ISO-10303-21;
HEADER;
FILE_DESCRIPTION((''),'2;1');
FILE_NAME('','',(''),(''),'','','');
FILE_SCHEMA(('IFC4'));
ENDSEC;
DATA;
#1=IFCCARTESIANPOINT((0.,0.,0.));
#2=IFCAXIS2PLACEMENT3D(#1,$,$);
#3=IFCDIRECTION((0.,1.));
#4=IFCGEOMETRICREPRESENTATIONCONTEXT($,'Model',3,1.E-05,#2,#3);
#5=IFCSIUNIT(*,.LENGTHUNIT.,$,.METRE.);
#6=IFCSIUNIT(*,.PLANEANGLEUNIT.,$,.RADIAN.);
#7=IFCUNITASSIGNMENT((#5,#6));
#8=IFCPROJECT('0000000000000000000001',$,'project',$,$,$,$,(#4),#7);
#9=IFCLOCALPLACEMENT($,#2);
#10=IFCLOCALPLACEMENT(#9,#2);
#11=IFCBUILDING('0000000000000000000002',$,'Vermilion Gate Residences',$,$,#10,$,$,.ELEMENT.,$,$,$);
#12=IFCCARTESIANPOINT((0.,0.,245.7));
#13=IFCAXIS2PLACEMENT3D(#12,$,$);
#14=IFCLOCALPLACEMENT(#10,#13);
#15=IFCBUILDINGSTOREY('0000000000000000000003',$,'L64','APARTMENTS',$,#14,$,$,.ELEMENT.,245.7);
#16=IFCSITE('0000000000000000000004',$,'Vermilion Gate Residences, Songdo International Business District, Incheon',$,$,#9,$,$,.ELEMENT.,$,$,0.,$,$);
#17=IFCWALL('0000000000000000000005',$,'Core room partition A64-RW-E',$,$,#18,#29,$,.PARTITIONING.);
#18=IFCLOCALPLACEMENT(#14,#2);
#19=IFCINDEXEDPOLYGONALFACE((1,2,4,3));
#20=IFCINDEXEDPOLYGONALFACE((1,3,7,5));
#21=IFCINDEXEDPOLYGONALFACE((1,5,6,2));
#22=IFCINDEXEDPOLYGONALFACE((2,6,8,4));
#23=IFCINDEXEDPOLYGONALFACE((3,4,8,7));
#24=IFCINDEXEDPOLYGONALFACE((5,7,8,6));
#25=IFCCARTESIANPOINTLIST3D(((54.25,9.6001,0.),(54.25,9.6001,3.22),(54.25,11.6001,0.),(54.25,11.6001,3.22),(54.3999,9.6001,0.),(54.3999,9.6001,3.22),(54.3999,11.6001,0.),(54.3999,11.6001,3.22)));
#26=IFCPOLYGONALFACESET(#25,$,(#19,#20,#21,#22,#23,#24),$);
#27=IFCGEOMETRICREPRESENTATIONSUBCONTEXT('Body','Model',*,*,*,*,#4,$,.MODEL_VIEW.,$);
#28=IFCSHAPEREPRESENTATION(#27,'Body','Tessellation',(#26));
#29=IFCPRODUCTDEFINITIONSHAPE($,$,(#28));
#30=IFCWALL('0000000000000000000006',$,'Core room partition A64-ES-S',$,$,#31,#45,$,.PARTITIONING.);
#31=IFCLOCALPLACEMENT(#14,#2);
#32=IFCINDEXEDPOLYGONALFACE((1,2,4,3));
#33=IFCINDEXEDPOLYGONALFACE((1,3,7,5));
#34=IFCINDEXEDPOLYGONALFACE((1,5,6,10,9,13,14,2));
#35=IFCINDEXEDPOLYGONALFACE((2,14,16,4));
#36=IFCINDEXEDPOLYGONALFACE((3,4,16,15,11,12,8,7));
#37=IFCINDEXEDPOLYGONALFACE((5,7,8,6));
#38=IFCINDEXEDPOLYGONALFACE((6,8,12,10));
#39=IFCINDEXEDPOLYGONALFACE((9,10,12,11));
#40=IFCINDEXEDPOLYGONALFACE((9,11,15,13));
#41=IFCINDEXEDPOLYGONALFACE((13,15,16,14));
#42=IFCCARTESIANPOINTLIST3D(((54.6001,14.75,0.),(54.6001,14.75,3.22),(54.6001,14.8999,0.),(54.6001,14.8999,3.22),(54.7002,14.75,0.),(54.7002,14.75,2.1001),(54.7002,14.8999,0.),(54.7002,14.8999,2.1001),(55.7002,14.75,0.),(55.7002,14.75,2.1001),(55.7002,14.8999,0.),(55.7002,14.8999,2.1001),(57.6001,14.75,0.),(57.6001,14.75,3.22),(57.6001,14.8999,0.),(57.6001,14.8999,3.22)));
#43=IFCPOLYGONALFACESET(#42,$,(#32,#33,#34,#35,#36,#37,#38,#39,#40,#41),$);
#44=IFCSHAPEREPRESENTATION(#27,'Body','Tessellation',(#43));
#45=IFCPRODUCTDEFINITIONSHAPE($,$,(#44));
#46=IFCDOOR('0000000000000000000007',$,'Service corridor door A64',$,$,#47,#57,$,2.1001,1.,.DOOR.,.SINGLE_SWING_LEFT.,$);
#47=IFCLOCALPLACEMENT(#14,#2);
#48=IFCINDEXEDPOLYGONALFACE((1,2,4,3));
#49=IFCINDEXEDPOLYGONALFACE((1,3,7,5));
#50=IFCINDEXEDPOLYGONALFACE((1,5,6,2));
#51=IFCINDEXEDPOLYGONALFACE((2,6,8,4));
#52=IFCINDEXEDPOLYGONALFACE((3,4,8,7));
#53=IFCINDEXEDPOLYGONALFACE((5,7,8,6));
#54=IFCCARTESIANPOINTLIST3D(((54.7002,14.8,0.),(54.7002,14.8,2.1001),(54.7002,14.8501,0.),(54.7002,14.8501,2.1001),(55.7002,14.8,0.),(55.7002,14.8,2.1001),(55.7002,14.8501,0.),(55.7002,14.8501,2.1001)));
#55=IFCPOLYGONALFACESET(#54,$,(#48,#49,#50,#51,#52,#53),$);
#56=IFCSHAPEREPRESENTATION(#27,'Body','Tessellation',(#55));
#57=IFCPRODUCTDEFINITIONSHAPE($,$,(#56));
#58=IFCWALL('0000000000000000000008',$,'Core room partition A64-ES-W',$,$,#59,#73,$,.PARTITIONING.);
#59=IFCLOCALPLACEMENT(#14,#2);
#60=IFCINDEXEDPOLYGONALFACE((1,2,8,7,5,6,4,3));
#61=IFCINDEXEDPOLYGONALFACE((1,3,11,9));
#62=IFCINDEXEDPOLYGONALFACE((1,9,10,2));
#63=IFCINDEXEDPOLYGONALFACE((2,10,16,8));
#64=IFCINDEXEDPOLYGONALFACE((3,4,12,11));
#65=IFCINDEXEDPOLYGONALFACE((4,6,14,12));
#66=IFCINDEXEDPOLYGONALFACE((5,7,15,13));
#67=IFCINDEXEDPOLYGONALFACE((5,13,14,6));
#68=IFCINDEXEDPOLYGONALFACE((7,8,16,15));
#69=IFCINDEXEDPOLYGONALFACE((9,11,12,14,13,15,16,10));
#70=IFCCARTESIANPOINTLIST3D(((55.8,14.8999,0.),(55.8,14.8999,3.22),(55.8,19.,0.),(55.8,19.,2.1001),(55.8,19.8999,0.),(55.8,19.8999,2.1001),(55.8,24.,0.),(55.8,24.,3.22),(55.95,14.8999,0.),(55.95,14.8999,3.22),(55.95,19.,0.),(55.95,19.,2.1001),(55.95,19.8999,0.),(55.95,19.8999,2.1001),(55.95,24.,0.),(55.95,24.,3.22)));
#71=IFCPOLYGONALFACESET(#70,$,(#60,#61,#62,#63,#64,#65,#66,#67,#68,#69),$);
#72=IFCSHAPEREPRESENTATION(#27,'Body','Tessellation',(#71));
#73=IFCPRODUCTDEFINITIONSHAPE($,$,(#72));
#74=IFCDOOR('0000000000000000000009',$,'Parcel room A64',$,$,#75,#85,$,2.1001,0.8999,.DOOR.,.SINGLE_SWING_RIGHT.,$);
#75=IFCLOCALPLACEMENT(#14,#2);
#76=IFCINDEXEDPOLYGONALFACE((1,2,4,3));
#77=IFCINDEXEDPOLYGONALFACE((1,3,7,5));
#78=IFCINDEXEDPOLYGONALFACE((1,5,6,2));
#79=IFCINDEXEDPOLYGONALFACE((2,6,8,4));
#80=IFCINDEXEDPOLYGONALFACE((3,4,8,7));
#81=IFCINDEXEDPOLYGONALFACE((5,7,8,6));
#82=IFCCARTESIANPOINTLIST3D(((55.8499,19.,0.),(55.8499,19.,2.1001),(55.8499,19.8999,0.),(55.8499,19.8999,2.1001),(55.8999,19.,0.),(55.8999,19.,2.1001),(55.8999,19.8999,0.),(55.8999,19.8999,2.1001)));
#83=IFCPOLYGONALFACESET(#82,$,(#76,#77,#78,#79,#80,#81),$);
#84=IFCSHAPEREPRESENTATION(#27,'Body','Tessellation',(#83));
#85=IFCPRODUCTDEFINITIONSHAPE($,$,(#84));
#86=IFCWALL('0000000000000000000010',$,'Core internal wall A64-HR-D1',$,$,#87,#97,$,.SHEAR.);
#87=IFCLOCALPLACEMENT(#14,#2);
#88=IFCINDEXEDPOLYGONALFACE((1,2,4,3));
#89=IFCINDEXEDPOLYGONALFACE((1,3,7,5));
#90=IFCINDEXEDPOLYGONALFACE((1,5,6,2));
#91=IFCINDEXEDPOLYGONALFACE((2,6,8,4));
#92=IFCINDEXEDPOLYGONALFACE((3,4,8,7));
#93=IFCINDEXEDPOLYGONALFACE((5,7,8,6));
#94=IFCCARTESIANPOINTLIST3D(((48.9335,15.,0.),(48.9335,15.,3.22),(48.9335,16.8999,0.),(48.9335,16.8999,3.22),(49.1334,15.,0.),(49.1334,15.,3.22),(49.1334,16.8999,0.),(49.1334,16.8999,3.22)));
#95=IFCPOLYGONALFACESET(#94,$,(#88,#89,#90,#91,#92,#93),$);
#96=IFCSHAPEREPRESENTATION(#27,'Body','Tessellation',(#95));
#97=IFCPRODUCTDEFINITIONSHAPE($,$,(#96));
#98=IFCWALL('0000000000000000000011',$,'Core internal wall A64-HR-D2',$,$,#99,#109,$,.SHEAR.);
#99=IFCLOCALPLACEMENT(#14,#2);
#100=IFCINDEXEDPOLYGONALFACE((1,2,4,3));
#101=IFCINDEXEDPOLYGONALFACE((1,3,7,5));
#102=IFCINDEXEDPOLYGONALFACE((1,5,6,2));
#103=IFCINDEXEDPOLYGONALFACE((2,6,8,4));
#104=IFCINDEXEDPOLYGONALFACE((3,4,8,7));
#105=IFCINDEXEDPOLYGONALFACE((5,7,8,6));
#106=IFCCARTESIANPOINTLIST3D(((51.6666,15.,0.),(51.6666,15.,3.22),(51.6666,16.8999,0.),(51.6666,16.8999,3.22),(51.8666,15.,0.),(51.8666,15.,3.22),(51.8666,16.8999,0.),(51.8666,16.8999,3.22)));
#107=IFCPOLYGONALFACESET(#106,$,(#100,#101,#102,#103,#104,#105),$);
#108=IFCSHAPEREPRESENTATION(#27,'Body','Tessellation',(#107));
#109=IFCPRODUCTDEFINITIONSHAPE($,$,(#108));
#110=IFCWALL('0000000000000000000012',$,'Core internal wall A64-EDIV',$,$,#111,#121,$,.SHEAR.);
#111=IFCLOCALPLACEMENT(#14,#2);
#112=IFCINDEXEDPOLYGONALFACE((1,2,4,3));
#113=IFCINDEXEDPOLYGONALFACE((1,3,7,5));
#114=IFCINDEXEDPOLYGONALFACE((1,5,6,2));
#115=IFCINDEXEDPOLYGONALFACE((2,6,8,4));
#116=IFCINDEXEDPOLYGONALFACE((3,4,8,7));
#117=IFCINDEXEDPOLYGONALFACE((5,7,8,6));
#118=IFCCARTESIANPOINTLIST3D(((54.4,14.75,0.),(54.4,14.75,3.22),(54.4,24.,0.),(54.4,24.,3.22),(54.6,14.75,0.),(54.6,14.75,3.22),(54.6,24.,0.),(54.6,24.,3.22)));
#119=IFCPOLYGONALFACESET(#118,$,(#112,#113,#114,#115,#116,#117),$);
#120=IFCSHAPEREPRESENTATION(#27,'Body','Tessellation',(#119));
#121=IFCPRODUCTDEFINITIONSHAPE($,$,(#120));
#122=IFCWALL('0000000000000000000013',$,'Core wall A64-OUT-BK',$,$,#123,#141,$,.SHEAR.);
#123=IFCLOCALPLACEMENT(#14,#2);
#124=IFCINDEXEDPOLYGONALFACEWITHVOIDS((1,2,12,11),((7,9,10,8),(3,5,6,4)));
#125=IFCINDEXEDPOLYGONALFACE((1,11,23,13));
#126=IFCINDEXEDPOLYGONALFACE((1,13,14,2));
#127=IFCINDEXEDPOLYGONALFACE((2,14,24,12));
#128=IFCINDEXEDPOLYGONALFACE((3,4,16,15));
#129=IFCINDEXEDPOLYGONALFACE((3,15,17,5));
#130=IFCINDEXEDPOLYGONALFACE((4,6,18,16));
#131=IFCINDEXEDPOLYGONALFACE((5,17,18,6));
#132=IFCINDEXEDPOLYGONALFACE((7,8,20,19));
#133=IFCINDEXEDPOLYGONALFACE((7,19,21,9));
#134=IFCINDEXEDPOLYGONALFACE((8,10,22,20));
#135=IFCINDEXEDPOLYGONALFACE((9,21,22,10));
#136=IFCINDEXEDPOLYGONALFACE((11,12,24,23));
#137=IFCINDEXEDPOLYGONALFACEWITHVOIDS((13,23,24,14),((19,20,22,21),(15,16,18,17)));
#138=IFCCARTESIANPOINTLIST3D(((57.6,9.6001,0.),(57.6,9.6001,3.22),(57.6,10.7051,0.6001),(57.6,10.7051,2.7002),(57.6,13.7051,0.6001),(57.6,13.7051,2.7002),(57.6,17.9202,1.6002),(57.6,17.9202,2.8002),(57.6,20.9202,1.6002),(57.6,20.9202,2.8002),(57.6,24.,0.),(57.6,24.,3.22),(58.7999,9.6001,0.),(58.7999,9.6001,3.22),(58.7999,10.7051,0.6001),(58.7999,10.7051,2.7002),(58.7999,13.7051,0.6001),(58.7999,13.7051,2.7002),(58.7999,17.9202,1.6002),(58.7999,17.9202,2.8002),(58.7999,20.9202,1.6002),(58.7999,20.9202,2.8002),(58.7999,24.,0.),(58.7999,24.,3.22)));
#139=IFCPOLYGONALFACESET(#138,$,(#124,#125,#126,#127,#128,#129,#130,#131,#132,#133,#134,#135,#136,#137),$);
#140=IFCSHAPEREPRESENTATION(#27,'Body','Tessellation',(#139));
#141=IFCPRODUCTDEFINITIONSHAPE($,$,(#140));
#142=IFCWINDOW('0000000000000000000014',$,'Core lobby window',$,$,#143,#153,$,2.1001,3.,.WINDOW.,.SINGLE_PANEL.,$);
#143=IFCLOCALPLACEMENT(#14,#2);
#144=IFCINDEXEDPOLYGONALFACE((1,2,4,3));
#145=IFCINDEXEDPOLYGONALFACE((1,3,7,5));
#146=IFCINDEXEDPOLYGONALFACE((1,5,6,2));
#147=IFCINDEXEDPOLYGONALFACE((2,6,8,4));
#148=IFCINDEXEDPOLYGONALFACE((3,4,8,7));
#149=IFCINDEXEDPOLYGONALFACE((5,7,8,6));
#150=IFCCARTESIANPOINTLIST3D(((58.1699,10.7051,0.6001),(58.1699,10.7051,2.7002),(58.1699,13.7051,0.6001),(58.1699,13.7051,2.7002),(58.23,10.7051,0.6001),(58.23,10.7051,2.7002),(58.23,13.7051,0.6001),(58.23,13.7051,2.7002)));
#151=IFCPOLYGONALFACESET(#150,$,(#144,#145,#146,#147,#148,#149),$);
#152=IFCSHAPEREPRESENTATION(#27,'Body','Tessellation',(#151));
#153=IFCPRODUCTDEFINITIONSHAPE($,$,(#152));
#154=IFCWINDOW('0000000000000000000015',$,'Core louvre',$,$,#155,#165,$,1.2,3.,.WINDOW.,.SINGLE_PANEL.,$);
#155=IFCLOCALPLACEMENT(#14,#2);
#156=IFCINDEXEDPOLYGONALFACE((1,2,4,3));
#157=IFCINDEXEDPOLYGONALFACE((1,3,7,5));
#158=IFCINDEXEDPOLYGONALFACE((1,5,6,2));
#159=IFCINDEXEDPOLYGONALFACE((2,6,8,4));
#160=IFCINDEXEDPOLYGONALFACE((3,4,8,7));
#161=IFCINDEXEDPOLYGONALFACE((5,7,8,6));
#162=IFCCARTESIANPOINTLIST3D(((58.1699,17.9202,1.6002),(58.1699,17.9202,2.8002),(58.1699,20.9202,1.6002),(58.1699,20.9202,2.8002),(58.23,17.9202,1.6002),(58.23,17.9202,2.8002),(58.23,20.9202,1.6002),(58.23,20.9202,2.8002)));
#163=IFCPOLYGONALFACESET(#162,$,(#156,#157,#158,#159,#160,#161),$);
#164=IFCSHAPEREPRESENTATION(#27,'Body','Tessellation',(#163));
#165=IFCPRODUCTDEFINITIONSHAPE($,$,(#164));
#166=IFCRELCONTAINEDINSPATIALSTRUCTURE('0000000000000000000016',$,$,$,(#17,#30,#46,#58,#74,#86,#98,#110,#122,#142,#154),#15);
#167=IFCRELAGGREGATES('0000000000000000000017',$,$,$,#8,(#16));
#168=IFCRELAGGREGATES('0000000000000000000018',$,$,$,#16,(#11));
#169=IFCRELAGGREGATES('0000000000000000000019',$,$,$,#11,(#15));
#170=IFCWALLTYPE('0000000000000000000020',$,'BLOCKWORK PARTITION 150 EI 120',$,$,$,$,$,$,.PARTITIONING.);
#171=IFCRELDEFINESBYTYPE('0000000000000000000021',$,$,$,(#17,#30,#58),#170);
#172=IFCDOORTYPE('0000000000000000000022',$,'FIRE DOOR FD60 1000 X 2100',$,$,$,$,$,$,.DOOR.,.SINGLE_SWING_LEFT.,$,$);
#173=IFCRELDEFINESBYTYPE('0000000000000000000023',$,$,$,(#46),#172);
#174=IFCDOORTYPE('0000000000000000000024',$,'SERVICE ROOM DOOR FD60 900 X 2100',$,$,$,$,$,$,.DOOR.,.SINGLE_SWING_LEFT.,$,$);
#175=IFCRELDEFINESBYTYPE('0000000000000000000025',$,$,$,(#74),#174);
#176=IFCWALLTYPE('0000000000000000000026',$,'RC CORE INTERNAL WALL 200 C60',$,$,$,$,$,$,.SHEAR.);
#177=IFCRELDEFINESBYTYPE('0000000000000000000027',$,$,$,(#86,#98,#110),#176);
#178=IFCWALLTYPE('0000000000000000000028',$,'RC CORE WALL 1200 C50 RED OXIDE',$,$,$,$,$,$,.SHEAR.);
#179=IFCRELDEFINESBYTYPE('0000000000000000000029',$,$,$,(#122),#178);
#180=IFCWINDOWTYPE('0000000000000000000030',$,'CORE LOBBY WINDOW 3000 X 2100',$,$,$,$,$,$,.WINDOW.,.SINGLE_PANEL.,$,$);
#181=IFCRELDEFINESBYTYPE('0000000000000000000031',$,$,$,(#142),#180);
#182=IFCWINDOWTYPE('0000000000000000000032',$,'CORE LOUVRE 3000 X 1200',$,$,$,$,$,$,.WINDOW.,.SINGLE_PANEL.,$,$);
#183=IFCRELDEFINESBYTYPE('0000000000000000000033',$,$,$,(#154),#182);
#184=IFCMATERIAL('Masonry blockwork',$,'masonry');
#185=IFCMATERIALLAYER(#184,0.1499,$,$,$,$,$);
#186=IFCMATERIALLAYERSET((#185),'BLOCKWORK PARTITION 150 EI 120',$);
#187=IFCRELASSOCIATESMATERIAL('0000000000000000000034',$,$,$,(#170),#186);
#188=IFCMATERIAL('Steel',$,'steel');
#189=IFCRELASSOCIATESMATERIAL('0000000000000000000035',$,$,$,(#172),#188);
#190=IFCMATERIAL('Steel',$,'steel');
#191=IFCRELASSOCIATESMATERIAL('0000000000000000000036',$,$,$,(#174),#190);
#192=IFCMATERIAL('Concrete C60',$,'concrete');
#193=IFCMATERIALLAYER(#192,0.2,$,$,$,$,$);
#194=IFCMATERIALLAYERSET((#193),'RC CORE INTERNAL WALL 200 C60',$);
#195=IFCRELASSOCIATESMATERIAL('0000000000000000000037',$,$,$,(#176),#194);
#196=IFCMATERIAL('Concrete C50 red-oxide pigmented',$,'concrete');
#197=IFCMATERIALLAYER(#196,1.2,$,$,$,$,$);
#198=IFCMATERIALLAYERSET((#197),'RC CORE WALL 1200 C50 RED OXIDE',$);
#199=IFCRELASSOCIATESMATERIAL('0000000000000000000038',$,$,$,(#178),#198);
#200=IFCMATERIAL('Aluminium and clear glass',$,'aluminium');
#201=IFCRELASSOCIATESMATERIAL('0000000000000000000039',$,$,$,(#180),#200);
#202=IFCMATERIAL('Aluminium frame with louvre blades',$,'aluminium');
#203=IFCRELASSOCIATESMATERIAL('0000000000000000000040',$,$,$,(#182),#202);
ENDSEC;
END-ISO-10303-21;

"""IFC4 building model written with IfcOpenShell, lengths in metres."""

from ifc_helpers import new_model, si_unit, direction, frame, frame_2d, origin, place, context, subcontext, project, spatial, rectangle, extrude, material, layer, layer_set, type_object, element, fill, save


model = new_model("IFC4")

# Units and contexts
model_context = context("Model", 3, precision=1e-05, world=origin(), true_north=direction((0.0, 1.0)))
body_context = subcontext(model_context, "Body", "Model", "MODEL_VIEW")
ifc_project = project(units=[si_unit("LENGTHUNIT", "METRE"), si_unit("PLANEANGLEUNIT", "RADIAN")], contexts=[model_context])

# Site, building, storey
site_placement = place(None, origin())
site = spatial("IfcSite", under=ifc_project, at=site_placement, Name="Vermilion Gate Residences, Songdo International Business District, Incheon", CompositionType="ELEMENT", RefElevation=0.0)
building_placement = place(site_placement, origin())
building = spatial("IfcBuilding", under=site, at=building_placement, Name="Vermilion Gate Residences", CompositionType="ELEMENT")
storey_placement = place(building_placement, frame((0.0, 0.0, 245.7)))
storey = spatial("IfcBuildingStorey", under=building, at=storey_placement, Name="L64", Description="APARTMENTS", CompositionType="ELEMENT", Elevation=245.7)

# Wall
ifc_material_1 = material(Name="Masonry blockwork", Category="masonry")
ifc_layer_1 = layer(ifc_material_1, 0.1499)
ifc_layer_set_1 = layer_set([ifc_layer_1], Name="BLOCKWORK PARTITION 150 EI 120")
wall_type_1 = type_object("IfcWallType", Name="BLOCKWORK PARTITION 150 EI 120", PredefinedType="PARTITIONING", material=ifc_layer_set_1)
wall_1_placement = place(storey_placement, frame((54.325, 9.6001, 0.0), z_axis=(0.0, 0.0, 1.0), x_axis=(0.0, 1.0, 0.0)))
element("IfcWall", 1, at=wall_1_placement, inside=storey, type_object=wall_type_1, Name="Core room partition A64-RW-E", PredefinedType="PARTITIONING", context=body_context, shape_type="SweptSolid", body=[
    extrude(rectangle(XDim=2.0, YDim=0.1499, at=frame_2d((1.0, 0.0))), origin(), (0.0, 0.0, 1.0), 3.22),
])

# Walls, openings, doors
wall_2_placement = place(storey_placement, frame((54.6001, 14.825, 0.0), z_axis=(0.0, 0.0, 1.0), x_axis=(1.0, 0.0, 0.0)))
wall_2 = element("IfcWall", 2, at=wall_2_placement, inside=storey, type_object=wall_type_1, Name="Core room partition A64-ES-S", PredefinedType="PARTITIONING", context=body_context, shape_type="SweptSolid", body=[
    extrude(rectangle(XDim=3.0, YDim=0.1499, at=frame_2d((1.5, 0.0))), origin(), (0.0, 0.0, 1.0), 3.22),
])
opening_1_placement = place(wall_2_placement, frame((0.1001, 0.0, 0.0)))
opening_1 = element("IfcOpeningElement", 3, at=opening_1_placement, cuts=wall_2, PredefinedType="OPENING", context=body_context, shape_type="SweptSolid", body=[
    extrude(rectangle(XDim=1.0, YDim=2.1001, at=frame_2d((0.5, 1.05))), frame((0.0, 0.085, 0.0), z_axis=(0.0, -1.0, 0.0), x_axis=(1.0, 0.0, 0.0)), (0.0, 0.0, 1.0), 0.1699),
])
ifc_material_2 = material(Name="Steel", Category="steel")
door_type_1 = type_object("IfcDoorType", Name="FIRE DOOR FD60 1000 X 2100", OperationType="SINGLE_SWING_LEFT", PredefinedType="DOOR", material=ifc_material_2)
door_1_placement = place(opening_1_placement, frame((1.0, 0.0, 0.0), z_axis=(0.0, 0.0, 1.0), x_axis=(-1.0, 0.0, 0.0)))
door_1 = element("IfcDoor", 4, at=door_1_placement, inside=storey, type_object=door_type_1, Name="Service corridor door A64", OperationType="SINGLE_SWING_LEFT", OverallHeight=2.1001, OverallWidth=1.0, PredefinedType="DOOR", context=body_context, shape_type="SweptSolid", body=[
    extrude(rectangle(XDim=1.0, YDim=2.1001, at=frame_2d((0.5, 1.05))), frame((0.0, 0.0249, 0.0), z_axis=(0.0, -1.0, 0.0), x_axis=(1.0, 0.0, 0.0)), (0.0, 0.0, 1.0), 0.05),
])
fill(opening_1, door_1)
wall_3_placement = place(storey_placement, frame((55.875, 14.8999, 0.0), z_axis=(0.0, 0.0, 1.0), x_axis=(0.0, 1.0, 0.0)))
wall_3 = element("IfcWall", 5, at=wall_3_placement, inside=storey, type_object=wall_type_1, Name="Core room partition A64-ES-W", PredefinedType="PARTITIONING", context=body_context, shape_type="SweptSolid", body=[
    extrude(rectangle(XDim=9.1001, YDim=0.1499, at=frame_2d((4.55, 0.0))), origin(), (0.0, 0.0, 1.0), 3.22),
])
opening_2_placement = place(wall_3_placement, frame((4.1001, 0.0, 0.0)))
opening_2 = element("IfcOpeningElement", 6, at=opening_2_placement, cuts=wall_3, PredefinedType="OPENING", context=body_context, shape_type="SweptSolid", body=[
    extrude(rectangle(XDim=0.8999, YDim=2.1001, at=frame_2d((0.45, 1.05))), frame((0.0, 0.085, 0.0), z_axis=(0.0, -1.0, 0.0), x_axis=(1.0, 0.0, 0.0)), (0.0, 0.0, 1.0), 0.1699),
])
ifc_material_3 = material(Name="Steel", Category="steel")
door_type_2 = type_object("IfcDoorType", Name="SERVICE ROOM DOOR FD60 900 X 2100", OperationType="SINGLE_SWING_LEFT", PredefinedType="DOOR", material=ifc_material_3)
door_2_placement = place(opening_2_placement, frame((0.8999, 0.0, 0.0), z_axis=(0.0, 0.0, 1.0), x_axis=(-1.0, 0.0, 0.0)))
door_2 = element("IfcDoor", 7, at=door_2_placement, inside=storey, type_object=door_type_2, Name="Parcel room A64", OperationType="SINGLE_SWING_RIGHT", OverallHeight=2.1001, OverallWidth=0.8999, PredefinedType="DOOR", context=body_context, shape_type="SweptSolid", body=[
    extrude(rectangle(XDim=0.8999, YDim=2.1001, at=frame_2d((0.45, 1.05))), frame((0.0, 0.0249, 0.0), z_axis=(0.0, -1.0, 0.0), x_axis=(1.0, 0.0, 0.0)), (0.0, 0.0, 1.0), 0.05),
])
fill(opening_2, door_2)

# Walls
ifc_material_4 = material(Name="Concrete C60", Category="concrete")
ifc_layer_2 = layer(ifc_material_4, 0.2)
ifc_layer_set_2 = layer_set([ifc_layer_2], Name="RC CORE INTERNAL WALL 200 C60")
wall_type_2 = type_object("IfcWallType", Name="RC CORE INTERNAL WALL 200 C60", PredefinedType="SHEAR", material=ifc_layer_set_2)
for number, where, z_axis, x_axis, name in (
    (8, (49.0334, 15.0, 0.0), (0.0, 0.0, 1.0), (0.0, 1.0, 0.0), "Core internal wall A64-HR-D1"),
    (9, (51.7666, 15.0, 0.0), (0.0, 0.0, 1.0), (0.0, 1.0, 0.0), "Core internal wall A64-HR-D2"),
):
    element("IfcWall", number, at=place(storey_placement, frame(where, z_axis=z_axis, x_axis=x_axis)), inside=storey, type_object=wall_type_2, Name=name, PredefinedType="SHEAR", context=body_context, shape_type="SweptSolid", body=[
        extrude(rectangle(XDim=1.8999, YDim=0.2, at=frame_2d((0.95, 0.0))), origin(), (0.0, 0.0, 1.0), 3.22),
    ])
wall_4_placement = place(storey_placement, frame((54.5, 14.75, 0.0), z_axis=(0.0, 0.0, 1.0), x_axis=(0.0, 1.0, 0.0)))
element("IfcWall", 10, at=wall_4_placement, inside=storey, type_object=wall_type_2, Name="Core internal wall A64-EDIV", PredefinedType="SHEAR", context=body_context, shape_type="SweptSolid", body=[
    extrude(rectangle(XDim=9.25, YDim=0.2, at=frame_2d((4.625, 0.0))), origin(), (0.0, 0.0, 1.0), 3.22),
])

# Wall, openings, windows
ifc_material_5 = material(Name="Concrete C50 red-oxide pigmented", Category="concrete")
ifc_layer_3 = layer(ifc_material_5, 1.2)
ifc_layer_set_3 = layer_set([ifc_layer_3], Name="RC CORE WALL 1200 C50 RED OXIDE")
wall_type_3 = type_object("IfcWallType", Name="RC CORE WALL 1200 C50 RED OXIDE", PredefinedType="SHEAR", material=ifc_layer_set_3)
wall_5_placement = place(storey_placement, frame((58.2, 9.6001, 0.0), z_axis=(0.0, 0.0, 1.0), x_axis=(0.0, 1.0, 0.0)))
wall_5 = element("IfcWall", 11, at=wall_5_placement, inside=storey, type_object=wall_type_3, Name="Core wall A64-OUT-BK", PredefinedType="SHEAR", context=body_context, shape_type="SweptSolid", body=[
    extrude(rectangle(XDim=14.3999, YDim=1.2, at=frame_2d((7.2, 0.0))), origin(), (0.0, 0.0, 1.0), 3.22),
])
opening_3_placement = place(wall_5_placement, frame((1.105, 0.0, 0.6001)))
opening_3 = element("IfcOpeningElement", 12, at=opening_3_placement, cuts=wall_5, PredefinedType="OPENING", context=body_context, shape_type="SweptSolid", body=[
    extrude(rectangle(XDim=3.0, YDim=2.1001, at=frame_2d((1.5, 1.05))), frame((0.0, 0.6099, 0.0), z_axis=(0.0, -1.0, 0.0), x_axis=(1.0, 0.0, 0.0)), (0.0, 0.0, 1.0), 1.22),
])
opening_4_placement = place(wall_5_placement, frame((8.3201, 0.0, 1.6001)))
opening_4 = element("IfcOpeningElement", 13, at=opening_4_placement, cuts=wall_5, PredefinedType="OPENING", context=body_context, shape_type="SweptSolid", body=[
    extrude(rectangle(XDim=3.0, YDim=1.2, at=frame_2d((1.5, 0.6001))), frame((0.0, 0.6099, 0.0), z_axis=(0.0, -1.0, 0.0), x_axis=(1.0, 0.0, 0.0)), (0.0, 0.0, 1.0), 1.22),
])
ifc_material_6 = material(Name="Aluminium and clear glass", Category="aluminium")
window_type_1 = type_object("IfcWindowType", Name="CORE LOBBY WINDOW 3000 X 2100", PartitioningType="SINGLE_PANEL", PredefinedType="WINDOW", material=ifc_material_6)
window_1_placement = place(opening_3_placement, origin())
window_1 = element("IfcWindow", 14, at=window_1_placement, inside=storey, type_object=window_type_1, Name="Core lobby window", OverallHeight=2.1001, OverallWidth=3.0, PartitioningType="SINGLE_PANEL", PredefinedType="WINDOW", context=body_context, shape_type="SweptSolid", body=[
    extrude(rectangle(XDim=3.0, YDim=2.1001, at=frame_2d((1.5, 1.05))), frame((0.0, 0.03, 0.0), z_axis=(0.0, -1.0, 0.0), x_axis=(1.0, 0.0, 0.0)), (0.0, 0.0, 1.0), 0.0601),
])
fill(opening_3, window_1)
ifc_material_7 = material(Name="Aluminium frame with louvre blades", Category="aluminium")
window_type_2 = type_object("IfcWindowType", Name="CORE LOUVRE 3000 X 1200", PartitioningType="SINGLE_PANEL", PredefinedType="WINDOW", material=ifc_material_7)
window_2_placement = place(opening_4_placement, origin())
window_2 = element("IfcWindow", 15, at=window_2_placement, inside=storey, type_object=window_type_2, Name="Core louvre", OverallHeight=1.2, OverallWidth=3.0, PartitioningType="SINGLE_PANEL", PredefinedType="WINDOW", context=body_context, shape_type="SweptSolid", body=[
    extrude(rectangle(XDim=3.0, YDim=1.2, at=frame_2d((1.5, 0.6001))), frame((0.0, 0.03, 0.0), z_axis=(0.0, -1.0, 0.0), x_axis=(1.0, 0.0, 0.0)), (0.0, 0.0, 1.0), 0.0601),
])
fill(opening_4, window_2)

save(model, "model.ifc")
